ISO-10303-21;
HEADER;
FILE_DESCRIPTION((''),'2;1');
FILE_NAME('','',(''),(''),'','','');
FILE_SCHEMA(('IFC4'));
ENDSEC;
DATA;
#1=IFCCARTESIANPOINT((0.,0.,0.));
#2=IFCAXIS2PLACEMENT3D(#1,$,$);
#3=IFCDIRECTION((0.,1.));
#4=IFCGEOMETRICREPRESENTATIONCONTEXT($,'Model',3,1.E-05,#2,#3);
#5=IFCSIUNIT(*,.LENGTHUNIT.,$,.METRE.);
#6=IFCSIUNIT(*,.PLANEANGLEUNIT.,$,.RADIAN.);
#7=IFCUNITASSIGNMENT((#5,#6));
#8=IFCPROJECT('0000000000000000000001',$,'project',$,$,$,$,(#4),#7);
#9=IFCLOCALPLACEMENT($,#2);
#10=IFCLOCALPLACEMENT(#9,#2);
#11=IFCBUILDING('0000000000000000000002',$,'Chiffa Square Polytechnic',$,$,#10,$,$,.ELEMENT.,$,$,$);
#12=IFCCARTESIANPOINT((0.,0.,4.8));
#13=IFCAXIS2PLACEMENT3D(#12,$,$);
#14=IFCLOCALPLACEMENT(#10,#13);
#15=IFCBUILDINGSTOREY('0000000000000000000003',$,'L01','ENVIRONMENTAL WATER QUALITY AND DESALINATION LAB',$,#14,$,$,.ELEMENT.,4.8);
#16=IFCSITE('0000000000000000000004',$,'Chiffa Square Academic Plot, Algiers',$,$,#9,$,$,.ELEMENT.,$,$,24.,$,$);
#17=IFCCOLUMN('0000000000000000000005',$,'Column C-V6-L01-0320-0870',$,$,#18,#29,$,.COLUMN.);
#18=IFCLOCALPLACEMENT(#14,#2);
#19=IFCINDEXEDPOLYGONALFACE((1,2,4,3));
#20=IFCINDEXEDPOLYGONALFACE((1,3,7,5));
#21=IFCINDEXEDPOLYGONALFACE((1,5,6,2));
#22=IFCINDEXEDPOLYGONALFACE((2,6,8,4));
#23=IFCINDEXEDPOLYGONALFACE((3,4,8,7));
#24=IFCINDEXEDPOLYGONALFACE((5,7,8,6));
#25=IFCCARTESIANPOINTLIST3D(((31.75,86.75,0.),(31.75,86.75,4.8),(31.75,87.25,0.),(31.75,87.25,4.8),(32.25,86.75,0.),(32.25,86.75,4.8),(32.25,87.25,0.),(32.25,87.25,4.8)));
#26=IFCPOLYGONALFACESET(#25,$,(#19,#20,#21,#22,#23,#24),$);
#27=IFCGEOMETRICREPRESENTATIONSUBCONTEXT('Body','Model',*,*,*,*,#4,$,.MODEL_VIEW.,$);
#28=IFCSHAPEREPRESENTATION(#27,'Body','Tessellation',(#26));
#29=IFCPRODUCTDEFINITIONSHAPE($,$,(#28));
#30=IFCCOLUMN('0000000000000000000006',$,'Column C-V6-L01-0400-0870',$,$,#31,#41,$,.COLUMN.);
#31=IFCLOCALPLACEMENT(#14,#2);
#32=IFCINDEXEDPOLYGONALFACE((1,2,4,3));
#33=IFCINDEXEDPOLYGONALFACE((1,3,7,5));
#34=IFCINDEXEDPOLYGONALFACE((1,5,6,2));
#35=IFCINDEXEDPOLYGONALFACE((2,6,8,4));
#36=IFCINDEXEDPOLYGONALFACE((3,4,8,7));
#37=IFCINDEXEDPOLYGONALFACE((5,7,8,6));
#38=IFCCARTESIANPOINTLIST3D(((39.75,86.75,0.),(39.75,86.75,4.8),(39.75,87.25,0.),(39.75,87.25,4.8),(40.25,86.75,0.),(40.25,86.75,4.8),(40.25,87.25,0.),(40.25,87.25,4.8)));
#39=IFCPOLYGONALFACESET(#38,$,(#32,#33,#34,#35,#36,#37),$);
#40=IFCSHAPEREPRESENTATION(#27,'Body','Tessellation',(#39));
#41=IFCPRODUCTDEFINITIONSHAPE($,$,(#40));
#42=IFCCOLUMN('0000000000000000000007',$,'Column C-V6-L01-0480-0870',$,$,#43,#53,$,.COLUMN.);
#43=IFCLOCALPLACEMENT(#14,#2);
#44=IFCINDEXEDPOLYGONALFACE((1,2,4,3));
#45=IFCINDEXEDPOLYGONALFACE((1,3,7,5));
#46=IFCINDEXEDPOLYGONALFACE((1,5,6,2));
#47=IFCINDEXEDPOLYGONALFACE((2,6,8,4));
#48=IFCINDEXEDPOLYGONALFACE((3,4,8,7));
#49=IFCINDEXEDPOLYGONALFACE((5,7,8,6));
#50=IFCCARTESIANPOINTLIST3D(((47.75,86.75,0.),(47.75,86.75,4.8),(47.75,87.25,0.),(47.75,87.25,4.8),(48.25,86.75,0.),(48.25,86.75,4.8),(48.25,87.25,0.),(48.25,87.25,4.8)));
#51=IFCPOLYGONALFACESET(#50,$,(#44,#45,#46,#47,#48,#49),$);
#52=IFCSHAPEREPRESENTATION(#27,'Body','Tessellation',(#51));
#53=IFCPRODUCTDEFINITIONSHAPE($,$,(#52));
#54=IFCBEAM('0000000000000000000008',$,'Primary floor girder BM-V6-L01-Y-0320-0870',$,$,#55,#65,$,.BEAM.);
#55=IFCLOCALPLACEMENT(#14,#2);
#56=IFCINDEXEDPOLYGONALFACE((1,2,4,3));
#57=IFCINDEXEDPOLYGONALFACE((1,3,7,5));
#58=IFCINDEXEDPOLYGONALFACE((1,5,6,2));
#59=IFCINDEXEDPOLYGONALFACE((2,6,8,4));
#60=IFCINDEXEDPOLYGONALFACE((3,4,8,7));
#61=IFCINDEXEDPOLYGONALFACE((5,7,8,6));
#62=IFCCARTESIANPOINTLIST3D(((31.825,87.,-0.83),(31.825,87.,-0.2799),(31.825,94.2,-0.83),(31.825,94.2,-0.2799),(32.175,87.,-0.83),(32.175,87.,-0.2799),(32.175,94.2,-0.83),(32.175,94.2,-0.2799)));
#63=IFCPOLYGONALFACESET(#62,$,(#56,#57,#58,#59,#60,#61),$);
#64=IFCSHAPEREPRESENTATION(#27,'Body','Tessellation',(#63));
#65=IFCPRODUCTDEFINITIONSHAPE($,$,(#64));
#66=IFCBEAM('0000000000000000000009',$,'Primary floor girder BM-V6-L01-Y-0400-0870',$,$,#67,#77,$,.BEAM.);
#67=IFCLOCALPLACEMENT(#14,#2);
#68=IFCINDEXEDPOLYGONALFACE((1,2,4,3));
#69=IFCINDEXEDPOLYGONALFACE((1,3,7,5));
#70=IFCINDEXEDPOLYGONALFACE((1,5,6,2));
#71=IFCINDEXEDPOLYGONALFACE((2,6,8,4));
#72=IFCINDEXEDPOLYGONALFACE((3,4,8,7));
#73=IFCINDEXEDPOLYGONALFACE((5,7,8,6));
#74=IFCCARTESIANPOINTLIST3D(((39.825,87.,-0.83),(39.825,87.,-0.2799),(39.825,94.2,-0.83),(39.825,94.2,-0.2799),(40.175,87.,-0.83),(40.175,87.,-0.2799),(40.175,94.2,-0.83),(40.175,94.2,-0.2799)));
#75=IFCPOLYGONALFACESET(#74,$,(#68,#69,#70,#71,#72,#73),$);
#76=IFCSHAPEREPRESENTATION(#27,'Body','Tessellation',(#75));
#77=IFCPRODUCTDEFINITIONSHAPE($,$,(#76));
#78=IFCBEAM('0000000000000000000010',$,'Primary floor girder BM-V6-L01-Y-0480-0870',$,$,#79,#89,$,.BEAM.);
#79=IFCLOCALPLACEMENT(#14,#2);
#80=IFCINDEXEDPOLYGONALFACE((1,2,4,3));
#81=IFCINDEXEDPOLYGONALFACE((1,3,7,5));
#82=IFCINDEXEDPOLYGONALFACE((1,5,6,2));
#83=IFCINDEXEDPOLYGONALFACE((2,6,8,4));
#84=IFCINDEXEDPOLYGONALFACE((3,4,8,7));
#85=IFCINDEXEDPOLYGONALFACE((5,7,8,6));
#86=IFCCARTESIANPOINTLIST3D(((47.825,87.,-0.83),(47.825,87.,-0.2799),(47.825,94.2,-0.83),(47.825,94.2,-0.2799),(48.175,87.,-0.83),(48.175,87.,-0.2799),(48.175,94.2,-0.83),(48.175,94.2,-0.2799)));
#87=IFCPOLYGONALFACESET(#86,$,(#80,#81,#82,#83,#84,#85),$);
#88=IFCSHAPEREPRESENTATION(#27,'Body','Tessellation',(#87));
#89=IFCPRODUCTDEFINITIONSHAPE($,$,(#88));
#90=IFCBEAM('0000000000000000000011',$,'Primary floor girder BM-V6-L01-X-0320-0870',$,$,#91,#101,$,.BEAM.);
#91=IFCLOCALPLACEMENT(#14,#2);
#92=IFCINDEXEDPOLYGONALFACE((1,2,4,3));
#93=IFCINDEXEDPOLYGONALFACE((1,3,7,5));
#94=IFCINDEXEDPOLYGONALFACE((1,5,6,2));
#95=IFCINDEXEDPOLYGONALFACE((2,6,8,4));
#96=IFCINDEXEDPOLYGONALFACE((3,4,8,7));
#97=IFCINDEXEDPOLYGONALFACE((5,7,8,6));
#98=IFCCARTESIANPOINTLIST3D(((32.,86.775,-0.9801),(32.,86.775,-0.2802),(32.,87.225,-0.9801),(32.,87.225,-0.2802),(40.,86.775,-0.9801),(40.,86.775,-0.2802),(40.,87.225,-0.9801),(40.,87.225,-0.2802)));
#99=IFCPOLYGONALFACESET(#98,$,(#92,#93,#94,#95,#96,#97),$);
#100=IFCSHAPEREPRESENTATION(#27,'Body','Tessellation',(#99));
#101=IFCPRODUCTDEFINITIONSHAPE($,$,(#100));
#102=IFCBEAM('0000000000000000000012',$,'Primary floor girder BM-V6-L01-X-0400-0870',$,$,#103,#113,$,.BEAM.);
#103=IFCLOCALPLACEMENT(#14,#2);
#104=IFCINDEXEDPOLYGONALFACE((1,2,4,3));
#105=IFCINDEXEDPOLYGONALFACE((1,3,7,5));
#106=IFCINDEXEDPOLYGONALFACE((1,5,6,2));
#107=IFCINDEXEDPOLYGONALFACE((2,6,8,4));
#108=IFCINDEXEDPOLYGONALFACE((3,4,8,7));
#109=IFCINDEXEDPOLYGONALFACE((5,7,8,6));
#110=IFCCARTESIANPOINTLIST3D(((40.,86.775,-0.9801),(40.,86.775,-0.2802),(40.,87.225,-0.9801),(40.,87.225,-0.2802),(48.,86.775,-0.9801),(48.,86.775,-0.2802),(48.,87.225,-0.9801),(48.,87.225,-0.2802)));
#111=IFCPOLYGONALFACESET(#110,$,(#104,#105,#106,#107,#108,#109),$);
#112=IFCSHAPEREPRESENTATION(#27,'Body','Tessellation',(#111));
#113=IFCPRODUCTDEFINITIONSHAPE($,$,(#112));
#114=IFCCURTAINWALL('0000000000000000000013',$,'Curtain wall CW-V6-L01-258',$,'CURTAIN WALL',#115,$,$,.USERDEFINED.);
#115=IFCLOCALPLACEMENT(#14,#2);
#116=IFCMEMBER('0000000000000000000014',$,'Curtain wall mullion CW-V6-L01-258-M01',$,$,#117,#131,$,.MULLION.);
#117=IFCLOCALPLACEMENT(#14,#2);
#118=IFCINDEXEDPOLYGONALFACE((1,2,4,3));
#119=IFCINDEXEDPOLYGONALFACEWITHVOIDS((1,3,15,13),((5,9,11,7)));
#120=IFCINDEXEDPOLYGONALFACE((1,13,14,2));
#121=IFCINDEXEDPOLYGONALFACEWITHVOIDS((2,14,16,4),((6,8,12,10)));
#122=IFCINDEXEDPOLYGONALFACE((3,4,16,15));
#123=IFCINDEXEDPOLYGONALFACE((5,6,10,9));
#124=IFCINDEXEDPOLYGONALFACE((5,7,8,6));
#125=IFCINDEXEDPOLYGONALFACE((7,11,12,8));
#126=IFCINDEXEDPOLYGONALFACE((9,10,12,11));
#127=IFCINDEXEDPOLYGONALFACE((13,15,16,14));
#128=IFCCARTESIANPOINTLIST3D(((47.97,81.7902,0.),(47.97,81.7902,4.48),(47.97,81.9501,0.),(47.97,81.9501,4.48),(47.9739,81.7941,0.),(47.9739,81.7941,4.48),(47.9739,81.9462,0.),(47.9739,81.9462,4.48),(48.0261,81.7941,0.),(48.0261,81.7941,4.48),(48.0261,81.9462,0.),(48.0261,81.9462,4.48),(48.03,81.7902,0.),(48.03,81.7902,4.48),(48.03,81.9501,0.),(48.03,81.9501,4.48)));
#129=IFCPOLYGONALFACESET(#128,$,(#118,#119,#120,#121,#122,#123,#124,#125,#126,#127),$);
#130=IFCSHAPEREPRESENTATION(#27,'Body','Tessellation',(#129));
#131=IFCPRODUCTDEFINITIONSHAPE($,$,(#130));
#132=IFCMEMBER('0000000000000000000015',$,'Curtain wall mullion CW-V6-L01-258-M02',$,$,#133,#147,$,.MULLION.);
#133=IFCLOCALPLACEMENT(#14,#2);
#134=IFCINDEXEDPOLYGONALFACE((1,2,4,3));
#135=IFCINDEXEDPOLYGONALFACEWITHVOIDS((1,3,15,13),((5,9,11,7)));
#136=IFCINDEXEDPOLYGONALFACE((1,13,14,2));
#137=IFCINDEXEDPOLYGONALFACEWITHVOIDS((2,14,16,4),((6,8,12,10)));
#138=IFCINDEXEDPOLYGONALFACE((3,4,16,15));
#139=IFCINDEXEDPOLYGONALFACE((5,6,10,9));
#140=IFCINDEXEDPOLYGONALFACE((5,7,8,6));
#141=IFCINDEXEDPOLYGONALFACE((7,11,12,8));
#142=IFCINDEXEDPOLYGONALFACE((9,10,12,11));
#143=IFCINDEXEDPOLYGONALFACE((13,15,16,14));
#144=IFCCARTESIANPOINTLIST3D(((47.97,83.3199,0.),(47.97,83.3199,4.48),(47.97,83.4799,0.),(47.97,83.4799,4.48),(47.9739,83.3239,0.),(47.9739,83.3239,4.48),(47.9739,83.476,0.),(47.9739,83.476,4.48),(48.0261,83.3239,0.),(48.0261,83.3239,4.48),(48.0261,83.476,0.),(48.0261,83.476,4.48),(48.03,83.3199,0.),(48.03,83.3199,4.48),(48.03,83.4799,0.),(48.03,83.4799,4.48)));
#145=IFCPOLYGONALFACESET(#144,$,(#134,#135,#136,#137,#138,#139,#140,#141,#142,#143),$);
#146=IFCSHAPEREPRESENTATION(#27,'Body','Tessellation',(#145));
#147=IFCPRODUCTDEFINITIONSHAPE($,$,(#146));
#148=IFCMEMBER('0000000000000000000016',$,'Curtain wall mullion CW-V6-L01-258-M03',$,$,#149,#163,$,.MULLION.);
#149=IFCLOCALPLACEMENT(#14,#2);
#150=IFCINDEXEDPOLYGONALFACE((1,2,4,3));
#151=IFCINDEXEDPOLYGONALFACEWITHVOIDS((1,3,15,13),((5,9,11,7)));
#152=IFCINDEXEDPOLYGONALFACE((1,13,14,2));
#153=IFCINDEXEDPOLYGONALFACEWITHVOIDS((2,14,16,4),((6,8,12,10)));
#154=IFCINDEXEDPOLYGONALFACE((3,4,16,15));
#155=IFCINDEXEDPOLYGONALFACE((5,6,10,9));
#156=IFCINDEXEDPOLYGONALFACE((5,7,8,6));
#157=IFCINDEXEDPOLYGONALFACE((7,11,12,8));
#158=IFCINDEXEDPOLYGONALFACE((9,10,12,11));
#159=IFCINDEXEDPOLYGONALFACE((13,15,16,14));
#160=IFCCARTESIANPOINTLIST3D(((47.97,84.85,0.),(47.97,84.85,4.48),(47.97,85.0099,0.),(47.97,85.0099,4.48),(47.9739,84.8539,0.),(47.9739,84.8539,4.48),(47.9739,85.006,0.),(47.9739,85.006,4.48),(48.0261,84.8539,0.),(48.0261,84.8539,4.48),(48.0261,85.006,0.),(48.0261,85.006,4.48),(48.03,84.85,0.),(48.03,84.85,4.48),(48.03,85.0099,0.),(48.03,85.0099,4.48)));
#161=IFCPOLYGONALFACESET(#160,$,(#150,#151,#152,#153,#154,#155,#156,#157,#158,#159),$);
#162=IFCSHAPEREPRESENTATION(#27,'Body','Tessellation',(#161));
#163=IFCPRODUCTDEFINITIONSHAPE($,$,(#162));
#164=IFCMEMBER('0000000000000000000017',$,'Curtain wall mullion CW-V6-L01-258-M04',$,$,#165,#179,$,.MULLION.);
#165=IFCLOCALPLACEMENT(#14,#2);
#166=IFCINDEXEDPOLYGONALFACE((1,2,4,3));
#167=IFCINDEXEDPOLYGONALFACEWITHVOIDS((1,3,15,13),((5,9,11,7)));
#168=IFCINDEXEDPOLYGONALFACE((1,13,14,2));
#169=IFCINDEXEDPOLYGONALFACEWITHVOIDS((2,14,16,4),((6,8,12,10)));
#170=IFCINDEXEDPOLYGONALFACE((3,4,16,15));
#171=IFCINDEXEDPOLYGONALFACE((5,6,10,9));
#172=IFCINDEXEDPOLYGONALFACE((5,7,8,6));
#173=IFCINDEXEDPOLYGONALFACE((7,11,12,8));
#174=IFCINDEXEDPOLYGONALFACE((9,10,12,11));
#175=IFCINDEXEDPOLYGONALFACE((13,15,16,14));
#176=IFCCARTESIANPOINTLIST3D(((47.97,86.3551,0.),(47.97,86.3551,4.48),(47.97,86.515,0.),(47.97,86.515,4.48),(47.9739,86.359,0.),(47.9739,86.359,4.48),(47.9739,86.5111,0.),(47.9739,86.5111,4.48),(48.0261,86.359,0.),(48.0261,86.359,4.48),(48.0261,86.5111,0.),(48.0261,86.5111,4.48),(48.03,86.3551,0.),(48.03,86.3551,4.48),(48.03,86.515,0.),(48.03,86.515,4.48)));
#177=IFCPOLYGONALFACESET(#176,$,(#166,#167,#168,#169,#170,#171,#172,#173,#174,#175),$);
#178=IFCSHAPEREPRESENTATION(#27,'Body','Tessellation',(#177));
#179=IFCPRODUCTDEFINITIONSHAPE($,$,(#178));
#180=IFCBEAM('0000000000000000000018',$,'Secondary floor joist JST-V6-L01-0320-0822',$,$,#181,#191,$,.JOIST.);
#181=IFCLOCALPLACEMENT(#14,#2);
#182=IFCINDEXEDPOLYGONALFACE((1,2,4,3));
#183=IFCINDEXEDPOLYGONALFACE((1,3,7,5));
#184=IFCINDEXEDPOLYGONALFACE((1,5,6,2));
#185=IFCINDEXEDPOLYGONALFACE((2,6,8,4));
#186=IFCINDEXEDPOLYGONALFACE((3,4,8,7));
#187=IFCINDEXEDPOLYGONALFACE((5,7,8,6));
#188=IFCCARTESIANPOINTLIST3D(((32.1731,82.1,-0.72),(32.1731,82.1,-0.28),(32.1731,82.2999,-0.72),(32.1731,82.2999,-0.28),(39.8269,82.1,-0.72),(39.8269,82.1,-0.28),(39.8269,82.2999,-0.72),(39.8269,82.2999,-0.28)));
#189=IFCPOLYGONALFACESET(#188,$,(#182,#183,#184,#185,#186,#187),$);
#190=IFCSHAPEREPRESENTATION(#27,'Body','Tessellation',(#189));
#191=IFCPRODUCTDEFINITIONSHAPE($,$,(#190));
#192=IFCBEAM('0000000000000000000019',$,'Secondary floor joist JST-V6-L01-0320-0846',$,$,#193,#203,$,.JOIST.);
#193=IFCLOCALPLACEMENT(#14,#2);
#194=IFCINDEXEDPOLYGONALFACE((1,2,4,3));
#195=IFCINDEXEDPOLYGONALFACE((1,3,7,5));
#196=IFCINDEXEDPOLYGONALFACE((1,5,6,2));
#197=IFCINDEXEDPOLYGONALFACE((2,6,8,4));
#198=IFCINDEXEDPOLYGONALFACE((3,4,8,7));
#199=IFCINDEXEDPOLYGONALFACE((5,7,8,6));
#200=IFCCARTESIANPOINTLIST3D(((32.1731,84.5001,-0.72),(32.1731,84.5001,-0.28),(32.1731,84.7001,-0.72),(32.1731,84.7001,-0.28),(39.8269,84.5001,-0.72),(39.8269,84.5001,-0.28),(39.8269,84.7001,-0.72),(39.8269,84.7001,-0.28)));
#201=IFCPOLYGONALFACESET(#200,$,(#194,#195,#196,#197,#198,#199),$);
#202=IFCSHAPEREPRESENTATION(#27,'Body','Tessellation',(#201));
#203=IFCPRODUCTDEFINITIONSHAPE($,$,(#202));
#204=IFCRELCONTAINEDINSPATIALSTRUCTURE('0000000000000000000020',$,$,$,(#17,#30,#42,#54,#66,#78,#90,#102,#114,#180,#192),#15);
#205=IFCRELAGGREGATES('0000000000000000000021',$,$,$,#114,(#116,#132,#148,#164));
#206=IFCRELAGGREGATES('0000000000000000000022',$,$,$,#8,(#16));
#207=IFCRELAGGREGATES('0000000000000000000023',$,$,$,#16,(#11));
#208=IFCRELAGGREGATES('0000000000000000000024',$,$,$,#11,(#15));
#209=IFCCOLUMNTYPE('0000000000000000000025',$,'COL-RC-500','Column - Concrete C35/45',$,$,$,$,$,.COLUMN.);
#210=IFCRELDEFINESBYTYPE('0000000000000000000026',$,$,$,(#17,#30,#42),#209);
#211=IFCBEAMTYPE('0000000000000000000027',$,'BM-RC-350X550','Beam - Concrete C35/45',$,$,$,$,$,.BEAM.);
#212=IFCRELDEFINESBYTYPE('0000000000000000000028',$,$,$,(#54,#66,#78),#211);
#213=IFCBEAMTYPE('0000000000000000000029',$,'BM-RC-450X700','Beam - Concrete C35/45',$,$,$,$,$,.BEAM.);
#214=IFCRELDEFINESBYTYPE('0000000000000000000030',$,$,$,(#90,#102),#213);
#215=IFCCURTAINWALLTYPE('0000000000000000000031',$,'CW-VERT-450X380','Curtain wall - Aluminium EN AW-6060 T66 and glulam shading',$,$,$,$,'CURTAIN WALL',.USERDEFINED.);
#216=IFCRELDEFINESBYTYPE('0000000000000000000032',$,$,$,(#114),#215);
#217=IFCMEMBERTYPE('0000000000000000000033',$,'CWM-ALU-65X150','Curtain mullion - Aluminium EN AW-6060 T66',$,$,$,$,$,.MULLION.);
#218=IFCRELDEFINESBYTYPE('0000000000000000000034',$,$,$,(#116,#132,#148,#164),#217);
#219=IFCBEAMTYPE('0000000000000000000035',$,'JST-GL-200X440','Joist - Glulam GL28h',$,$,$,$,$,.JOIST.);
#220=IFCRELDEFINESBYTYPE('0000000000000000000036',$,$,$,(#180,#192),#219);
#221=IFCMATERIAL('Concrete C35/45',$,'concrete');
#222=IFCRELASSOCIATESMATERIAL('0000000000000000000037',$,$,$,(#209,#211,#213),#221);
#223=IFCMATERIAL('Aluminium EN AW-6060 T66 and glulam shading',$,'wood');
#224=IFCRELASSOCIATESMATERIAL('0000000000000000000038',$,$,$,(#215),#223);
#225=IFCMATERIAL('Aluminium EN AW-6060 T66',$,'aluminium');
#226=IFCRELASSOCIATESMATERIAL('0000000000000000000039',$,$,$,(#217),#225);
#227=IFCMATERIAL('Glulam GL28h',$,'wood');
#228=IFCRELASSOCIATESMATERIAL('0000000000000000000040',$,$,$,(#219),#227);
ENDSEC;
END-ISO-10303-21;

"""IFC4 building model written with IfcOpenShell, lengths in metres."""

from ifc_helpers import new_model, si_unit, direction, frame, origin, origin_2d, place, context, subcontext, project, spatial, rectangle, hollow_rectangle, extrude, material, material_profile, profile_set, type_object, element, aggregate, save


model = new_model("IFC4")

# Units and contexts
model_context = context("Model", 3, precision=1e-05, world=origin(), true_north=direction((0.0, 1.0)))
body_context = subcontext(model_context, "Body", "Model", "MODEL_VIEW")
ifc_project = project(units=[si_unit("LENGTHUNIT", "METRE"), si_unit("PLANEANGLEUNIT", "RADIAN")], contexts=[model_context])

# Site, building, storey
site_placement = place(None, origin())
site = spatial("IfcSite", under=ifc_project, at=site_placement, Name="Chiffa Square Academic Plot, Algiers", CompositionType="ELEMENT", RefElevation=24.0)
building_placement = place(site_placement, origin())
building = spatial("IfcBuilding", under=site, at=building_placement, Name="Chiffa Square Polytechnic", CompositionType="ELEMENT")
storey_placement = place(building_placement, frame((0.0, 0.0, 4.8)))
storey = spatial("IfcBuildingStorey", under=building, at=storey_placement, Name="L01", Description="ENVIRONMENTAL WATER QUALITY AND DESALINATION LAB", CompositionType="ELEMENT", Elevation=4.8)

# Columns
ifc_material_1 = material(Name="Concrete C35/45", Category="concrete")
ifc_material_profile_1 = material_profile(ifc_material_1, rectangle(XDim=0.5, YDim=0.5, at=origin_2d()), Name="RC 500x500")
ifc_profile_set_1 = profile_set([ifc_material_profile_1], Name="Concrete C35/45")
column_type = type_object("IfcColumnType", Name="COL-RC-500", Description="Column - Concrete C35/45", PredefinedType="COLUMN", material=ifc_profile_set_1)
for number, where, z_axis, x_axis, name in (
    (1, (32.0, 87.0, 0.0), (0.0, 0.0, 1.0), (1.0, 0.0, 0.0), "Column C-V6-L01-0320-0870"),
    (2, (40.0, 87.0, 0.0), (0.0, 0.0, 1.0), (1.0, 0.0, 0.0), "Column C-V6-L01-0400-0870"),
    (3, (48.0, 87.0, 0.0), (0.0, 0.0, 1.0), (1.0, 0.0, 0.0), "Column C-V6-L01-0480-0870"),
):
    element("IfcColumn", number, at=place(storey_placement, frame(where, z_axis=z_axis, x_axis=x_axis)), inside=storey, type_object=column_type, Name=name, PredefinedType="COLUMN", context=body_context, shape_type="SweptSolid", body=[
        extrude(rectangle(XDim=0.5, YDim=0.5, at=origin_2d()), origin(), (0.0, 0.0, 1.0), 4.8),
    ])

# Beams
ifc_material_profile_2 = material_profile(ifc_material_1, rectangle(XDim=0.3501, YDim=0.55, at=origin_2d()), Name="RC 350x550")
ifc_profile_set_2 = profile_set([ifc_material_profile_2], Name="Concrete C35/45")
beam_type_1 = type_object("IfcBeamType", Name="BM-RC-350X550", Description="Beam - Concrete C35/45", PredefinedType="BEAM", material=ifc_profile_set_2)
for number, where, z_axis, x_axis, name in (
    (4, (32.0, 87.0, -0.5549), (0.0, 1.0, 0.0), (-1.0, 0.0, 0.0), "Primary floor girder BM-V6-L01-Y-0320-0870"),
    (5, (40.0, 87.0, -0.5549), (0.0, 1.0, 0.0), (-1.0, 0.0, 0.0), "Primary floor girder BM-V6-L01-Y-0400-0870"),
    (6, (48.0, 87.0, -0.5549), (0.0, 1.0, 0.0), (-1.0, 0.0, 0.0), "Primary floor girder BM-V6-L01-Y-0480-0870"),
):
    element("IfcBeam", number, at=place(storey_placement, frame(where, z_axis=z_axis, x_axis=x_axis)), inside=storey, type_object=beam_type_1, Name=name, PredefinedType="BEAM", context=body_context, shape_type="SweptSolid", body=[
        extrude(rectangle(XDim=0.3501, YDim=0.55, at=origin_2d()), origin(), (0.0, 0.0, 1.0), 7.2),
    ])
ifc_material_profile_3 = material_profile(ifc_material_1, rectangle(XDim=0.45, YDim=0.7, at=origin_2d()), Name="RC 450x700")
ifc_profile_set_3 = profile_set([ifc_material_profile_3], Name="Concrete C35/45")
beam_type_2 = type_object("IfcBeamType", Name="BM-RC-450X700", Description="Beam - Concrete C35/45", PredefinedType="BEAM", material=ifc_profile_set_3)
for number, where, z_axis, x_axis, name in (
    (7, (32.0, 87.0, -0.6301), (1.0, 0.0, 0.0), (0.0, 1.0, 0.0), "Primary floor girder BM-V6-L01-X-0320-0870"),
    (8, (40.0, 87.0, -0.6301), (1.0, 0.0, 0.0), (0.0, 1.0, 0.0), "Primary floor girder BM-V6-L01-X-0400-0870"),
):
    element("IfcBeam", number, at=place(storey_placement, frame(where, z_axis=z_axis, x_axis=x_axis)), inside=storey, type_object=beam_type_2, Name=name, PredefinedType="BEAM", context=body_context, shape_type="SweptSolid", body=[
        extrude(rectangle(XDim=0.45, YDim=0.7, at=origin_2d()), origin(), (0.0, 0.0, 1.0), 8.0),
    ])

# Curtain wall, members
ifc_material_2 = material(Name="Aluminium EN AW-6060 T66 and glulam shading", Category="wood")
curtain_wall_type = type_object("IfcCurtainWallType", Name="CW-VERT-450X380", Description="Curtain wall - Aluminium EN AW-6060 T66 and glulam shading", ElementType="CURTAIN WALL", PredefinedType="USERDEFINED", material=ifc_material_2)
curtain_wall_placement = place(storey_placement, origin())
curtain_wall = element("IfcCurtainWall", 9, at=curtain_wall_placement, inside=storey, type_object=curtain_wall_type, Name="Curtain wall CW-V6-L01-258", ObjectType="CURTAIN WALL", PredefinedType="USERDEFINED")
ifc_material_3 = material(Name="Aluminium EN AW-6060 T66", Category="aluminium")
ifc_material_profile_4 = material_profile(ifc_material_3, hollow_rectangle(XDim=0.0601, YDim=0.1599, WallThickness=0.0039, at=origin_2d()), Name="ALU 60x160x4")
ifc_profile_set_4 = profile_set([ifc_material_profile_4], Name="Aluminium EN AW-6060 T66")
member_type = type_object("IfcMemberType", Name="CWM-ALU-65X150", Description="Curtain mullion - Aluminium EN AW-6060 T66", PredefinedType="MULLION", material=ifc_profile_set_4)
member_1_placement = place(storey_placement, frame((48.0, 81.8701, 0.0), z_axis=(0.0, 0.0, 1.0), x_axis=(1.0, 0.0, 0.0)))
member_1 = element("IfcMember", 10, at=member_1_placement, type_object=member_type, Name="Curtain wall mullion CW-V6-L01-258-M01", PredefinedType="MULLION", context=body_context, shape_type="SweptSolid", body=[
    extrude(hollow_rectangle(XDim=0.0601, YDim=0.1599, WallThickness=0.0039, at=origin_2d()), origin(), (0.0, 0.0, 1.0), 4.48),
])
member_2_placement = place(storey_placement, frame((48.0, 83.3999, 0.0), z_axis=(0.0, 0.0, 1.0), x_axis=(1.0, 0.0, 0.0)))
member_2 = element("IfcMember", 11, at=member_2_placement, type_object=member_type, Name="Curtain wall mullion CW-V6-L01-258-M02", PredefinedType="MULLION", context=body_context, shape_type="SweptSolid", body=[
    extrude(hollow_rectangle(XDim=0.0601, YDim=0.1599, WallThickness=0.0039, at=origin_2d()), origin(), (0.0, 0.0, 1.0), 4.48),
])
member_3_placement = place(storey_placement, frame((48.0, 84.9299, 0.0), z_axis=(0.0, 0.0, 1.0), x_axis=(1.0, 0.0, 0.0)))
member_3 = element("IfcMember", 12, at=member_3_placement, type_object=member_type, Name="Curtain wall mullion CW-V6-L01-258-M03", PredefinedType="MULLION", context=body_context, shape_type="SweptSolid", body=[
    extrude(hollow_rectangle(XDim=0.0601, YDim=0.1599, WallThickness=0.0039, at=origin_2d()), origin(), (0.0, 0.0, 1.0), 4.48),
])
member_4_placement = place(storey_placement, frame((48.0, 86.4351, 0.0), z_axis=(0.0, 0.0, 1.0), x_axis=(1.0, 0.0, 0.0)))
member_4 = element("IfcMember", 13, at=member_4_placement, type_object=member_type, Name="Curtain wall mullion CW-V6-L01-258-M04", PredefinedType="MULLION", context=body_context, shape_type="SweptSolid", body=[
    extrude(hollow_rectangle(XDim=0.0601, YDim=0.1599, WallThickness=0.0039, at=origin_2d()), origin(), (0.0, 0.0, 1.0), 4.48),
])

# Beams
ifc_material_4 = material(Name="Glulam GL28h", Category="wood")
ifc_material_profile_5 = material_profile(ifc_material_4, rectangle(XDim=0.2, YDim=0.4399, at=origin_2d()), Name="GL28h 200x440")
ifc_profile_set_5 = profile_set([ifc_material_profile_5], Name="Glulam GL28h")
beam_type_3 = type_object("IfcBeamType", Name="JST-GL-200X440", Description="Joist - Glulam GL28h", PredefinedType="JOIST", material=ifc_profile_set_5)
for number, where, z_axis, x_axis, name in (
    (14, (32.1731, 82.2, -0.5), (1.0, 0.0, 0.0), (0.0, 1.0, 0.0), "Secondary floor joist JST-V6-L01-0320-0822"),
    (15, (32.1731, 84.6001, -0.5), (1.0, 0.0, 0.0), (0.0, 1.0, 0.0), "Secondary floor joist JST-V6-L01-0320-0846"),
):
    element("IfcBeam", number, at=place(storey_placement, frame(where, z_axis=z_axis, x_axis=x_axis)), inside=storey, type_object=beam_type_3, Name=name, PredefinedType="JOIST", context=body_context, shape_type="SweptSolid", body=[
        extrude(rectangle(XDim=0.2, YDim=0.4399, at=origin_2d()), origin(), (0.0, 0.0, 1.0), 7.6538),
    ])

aggregate(curtain_wall, [member_1, member_2, member_3, member_4])

save(model, "model.ifc")
